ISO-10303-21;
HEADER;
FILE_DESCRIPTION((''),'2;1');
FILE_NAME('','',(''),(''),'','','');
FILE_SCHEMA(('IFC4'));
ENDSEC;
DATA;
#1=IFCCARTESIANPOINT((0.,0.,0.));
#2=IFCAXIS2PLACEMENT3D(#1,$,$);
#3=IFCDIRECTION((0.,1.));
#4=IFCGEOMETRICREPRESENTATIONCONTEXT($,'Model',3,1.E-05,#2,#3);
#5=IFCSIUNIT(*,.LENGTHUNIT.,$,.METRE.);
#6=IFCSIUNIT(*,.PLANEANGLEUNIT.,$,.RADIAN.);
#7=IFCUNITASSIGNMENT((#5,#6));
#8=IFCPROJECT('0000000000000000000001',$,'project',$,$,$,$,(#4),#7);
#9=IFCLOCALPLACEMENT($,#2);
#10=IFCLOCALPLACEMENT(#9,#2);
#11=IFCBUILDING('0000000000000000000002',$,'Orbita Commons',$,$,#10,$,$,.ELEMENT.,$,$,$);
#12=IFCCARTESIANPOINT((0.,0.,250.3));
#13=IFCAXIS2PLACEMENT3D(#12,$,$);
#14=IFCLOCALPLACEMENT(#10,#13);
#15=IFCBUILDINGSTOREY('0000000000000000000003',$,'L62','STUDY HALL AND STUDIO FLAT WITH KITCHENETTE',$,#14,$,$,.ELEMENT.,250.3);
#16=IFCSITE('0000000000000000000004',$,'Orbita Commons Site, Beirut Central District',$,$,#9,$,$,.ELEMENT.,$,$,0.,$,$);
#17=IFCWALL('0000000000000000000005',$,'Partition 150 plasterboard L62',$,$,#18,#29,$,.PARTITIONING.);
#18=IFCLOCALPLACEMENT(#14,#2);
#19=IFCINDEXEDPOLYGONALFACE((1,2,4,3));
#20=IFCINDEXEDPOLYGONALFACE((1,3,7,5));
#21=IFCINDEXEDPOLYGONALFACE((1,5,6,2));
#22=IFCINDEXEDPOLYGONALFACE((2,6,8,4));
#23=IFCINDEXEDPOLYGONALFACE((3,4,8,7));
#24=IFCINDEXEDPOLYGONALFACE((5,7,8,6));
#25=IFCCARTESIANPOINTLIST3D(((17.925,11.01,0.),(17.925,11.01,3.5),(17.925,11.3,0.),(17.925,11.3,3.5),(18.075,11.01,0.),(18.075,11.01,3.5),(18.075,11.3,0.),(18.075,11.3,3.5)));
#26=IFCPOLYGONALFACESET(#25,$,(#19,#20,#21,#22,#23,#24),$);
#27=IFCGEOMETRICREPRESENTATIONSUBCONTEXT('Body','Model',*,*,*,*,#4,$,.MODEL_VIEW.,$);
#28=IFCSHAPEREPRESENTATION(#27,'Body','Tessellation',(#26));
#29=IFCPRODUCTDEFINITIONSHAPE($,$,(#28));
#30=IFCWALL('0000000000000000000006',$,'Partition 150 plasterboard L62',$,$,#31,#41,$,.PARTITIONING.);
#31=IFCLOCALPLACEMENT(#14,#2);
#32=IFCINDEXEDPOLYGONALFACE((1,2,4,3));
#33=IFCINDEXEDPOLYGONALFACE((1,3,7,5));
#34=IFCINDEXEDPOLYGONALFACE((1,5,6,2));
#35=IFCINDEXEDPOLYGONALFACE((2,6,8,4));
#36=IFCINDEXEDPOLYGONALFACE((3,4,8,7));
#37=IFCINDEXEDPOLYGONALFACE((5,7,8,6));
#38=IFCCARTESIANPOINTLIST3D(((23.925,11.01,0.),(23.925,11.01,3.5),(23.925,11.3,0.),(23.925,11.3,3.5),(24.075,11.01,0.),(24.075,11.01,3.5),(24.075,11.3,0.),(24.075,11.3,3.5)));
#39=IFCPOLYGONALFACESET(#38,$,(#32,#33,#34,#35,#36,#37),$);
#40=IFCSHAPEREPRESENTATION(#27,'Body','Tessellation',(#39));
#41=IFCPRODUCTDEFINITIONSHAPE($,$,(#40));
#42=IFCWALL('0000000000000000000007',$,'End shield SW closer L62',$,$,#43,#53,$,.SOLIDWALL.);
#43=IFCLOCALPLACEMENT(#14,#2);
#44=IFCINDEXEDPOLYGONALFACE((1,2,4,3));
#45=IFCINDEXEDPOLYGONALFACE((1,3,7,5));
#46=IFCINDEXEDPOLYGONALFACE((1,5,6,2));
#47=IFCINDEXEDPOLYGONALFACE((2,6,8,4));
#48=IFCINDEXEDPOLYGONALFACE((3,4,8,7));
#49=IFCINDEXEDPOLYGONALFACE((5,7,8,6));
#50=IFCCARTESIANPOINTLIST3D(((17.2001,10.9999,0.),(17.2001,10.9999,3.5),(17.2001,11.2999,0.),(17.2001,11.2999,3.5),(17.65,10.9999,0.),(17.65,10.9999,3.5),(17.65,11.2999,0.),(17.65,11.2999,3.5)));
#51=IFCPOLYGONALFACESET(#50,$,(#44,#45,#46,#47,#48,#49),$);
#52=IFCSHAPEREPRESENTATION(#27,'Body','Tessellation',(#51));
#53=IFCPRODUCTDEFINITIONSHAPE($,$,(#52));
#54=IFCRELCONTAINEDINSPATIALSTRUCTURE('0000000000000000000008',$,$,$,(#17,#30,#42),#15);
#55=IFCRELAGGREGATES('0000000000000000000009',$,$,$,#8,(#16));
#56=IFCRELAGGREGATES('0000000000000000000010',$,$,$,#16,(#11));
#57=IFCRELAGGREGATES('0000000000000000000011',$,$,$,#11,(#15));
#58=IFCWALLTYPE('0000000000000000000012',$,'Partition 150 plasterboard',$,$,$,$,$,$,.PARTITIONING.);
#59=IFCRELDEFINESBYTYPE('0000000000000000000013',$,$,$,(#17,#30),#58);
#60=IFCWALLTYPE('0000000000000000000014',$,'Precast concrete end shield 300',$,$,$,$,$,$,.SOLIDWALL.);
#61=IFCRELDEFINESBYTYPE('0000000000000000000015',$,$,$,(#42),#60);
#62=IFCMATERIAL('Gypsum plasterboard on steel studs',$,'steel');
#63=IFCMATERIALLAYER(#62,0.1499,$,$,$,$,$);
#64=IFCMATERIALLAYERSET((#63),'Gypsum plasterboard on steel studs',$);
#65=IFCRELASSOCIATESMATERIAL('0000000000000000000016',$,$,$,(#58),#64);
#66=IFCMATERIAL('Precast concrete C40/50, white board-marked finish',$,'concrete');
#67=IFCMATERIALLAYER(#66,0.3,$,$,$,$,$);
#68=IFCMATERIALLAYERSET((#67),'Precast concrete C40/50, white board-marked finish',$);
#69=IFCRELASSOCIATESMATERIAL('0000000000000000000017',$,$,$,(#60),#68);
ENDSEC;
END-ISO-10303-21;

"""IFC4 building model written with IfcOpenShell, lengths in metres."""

from ifc_helpers import new_model, si_unit, direction, frame, frame_2d, origin, place, context, subcontext, project, spatial, rectangle, extrude, material, layer, layer_set, type_object, element, save


model = new_model("IFC4")

# Units and contexts
model_context = context("Model", 3, precision=1e-05, world=origin(), true_north=direction((0.0, 1.0)))
body_context = subcontext(model_context, "Body", "Model", "MODEL_VIEW")
ifc_project = project(units=[si_unit("LENGTHUNIT", "METRE"), si_unit("PLANEANGLEUNIT", "RADIAN")], contexts=[model_context])

# Site, building, storey
site_placement = place(None, origin())
site = spatial("IfcSite", under=ifc_project, at=site_placement, Name="Orbita Commons Site, Beirut Central District", CompositionType="ELEMENT", RefElevation=0.0)
building_placement = place(site_placement, origin())
building = spatial("IfcBuilding", under=site, at=building_placement, Name="Orbita Commons", CompositionType="ELEMENT")
storey_placement = place(building_placement, frame((0.0, 0.0, 250.3)))
storey = spatial("IfcBuildingStorey", under=building, at=storey_placement, Name="L62", Description="STUDY HALL AND STUDIO FLAT WITH KITCHENETTE", CompositionType="ELEMENT", Elevation=250.3)

# Walls
ifc_material_1 = material(Name="Gypsum plasterboard on steel studs", Category="steel")
ifc_layer_1 = layer(ifc_material_1, 0.1499)
ifc_layer_set_1 = layer_set([ifc_layer_1], Name="Gypsum plasterboard on steel studs")
wall_type_1 = type_object("IfcWallType", Name="Partition 150 plasterboard", PredefinedType="PARTITIONING", material=ifc_layer_set_1)
for number, where, z_axis, x_axis, name in (
    (1, (18.0, 11.3, 0.0), (0.0, 0.0, 1.0), (0.0, -1.0, 0.0), "Partition 150 plasterboard L62"),
    (2, (24.0, 11.3, 0.0), (0.0, 0.0, 1.0), (0.0, -1.0, 0.0), "Partition 150 plasterboard L62"),
):
    element("IfcWall", number, at=place(storey_placement, frame(where, z_axis=z_axis, x_axis=x_axis)), inside=storey, type_object=wall_type_1, Name=name, PredefinedType="PARTITIONING", context=body_context, shape_type="SweptSolid", body=[
        extrude(rectangle(XDim=0.29, YDim=0.1499, at=frame_2d((0.145, 0.0))), origin(), (0.0, 0.0, 1.0), 3.5),
    ])
ifc_material_2 = material(Name="Precast concrete C40/50, white board-marked finish", Category="concrete")
ifc_layer_2 = layer(ifc_material_2, 0.3)
ifc_layer_set_2 = layer_set([ifc_layer_2], Name="Precast concrete C40/50, white board-marked finish")
wall_type_2 = type_object("IfcWallType", Name="Precast concrete end shield 300", PredefinedType="SOLIDWALL", material=ifc_layer_set_2)
wall_placement = place(storey_placement, frame((17.2, 11.1499, 0.0), z_axis=(0.0, 0.0, 1.0), x_axis=(1.0, 0.0, 0.0)))
element("IfcWall", 3, at=wall_placement, inside=storey, type_object=wall_type_2, Name="End shield SW closer L62", PredefinedType="SOLIDWALL", context=body_context, shape_type="SweptSolid", body=[
    extrude(rectangle(XDim=0.45, YDim=0.3, at=frame_2d((0.2251, 0.0))), origin(), (0.0, 0.0, 1.0), 3.5),
])

save(model, "model.ifc")
